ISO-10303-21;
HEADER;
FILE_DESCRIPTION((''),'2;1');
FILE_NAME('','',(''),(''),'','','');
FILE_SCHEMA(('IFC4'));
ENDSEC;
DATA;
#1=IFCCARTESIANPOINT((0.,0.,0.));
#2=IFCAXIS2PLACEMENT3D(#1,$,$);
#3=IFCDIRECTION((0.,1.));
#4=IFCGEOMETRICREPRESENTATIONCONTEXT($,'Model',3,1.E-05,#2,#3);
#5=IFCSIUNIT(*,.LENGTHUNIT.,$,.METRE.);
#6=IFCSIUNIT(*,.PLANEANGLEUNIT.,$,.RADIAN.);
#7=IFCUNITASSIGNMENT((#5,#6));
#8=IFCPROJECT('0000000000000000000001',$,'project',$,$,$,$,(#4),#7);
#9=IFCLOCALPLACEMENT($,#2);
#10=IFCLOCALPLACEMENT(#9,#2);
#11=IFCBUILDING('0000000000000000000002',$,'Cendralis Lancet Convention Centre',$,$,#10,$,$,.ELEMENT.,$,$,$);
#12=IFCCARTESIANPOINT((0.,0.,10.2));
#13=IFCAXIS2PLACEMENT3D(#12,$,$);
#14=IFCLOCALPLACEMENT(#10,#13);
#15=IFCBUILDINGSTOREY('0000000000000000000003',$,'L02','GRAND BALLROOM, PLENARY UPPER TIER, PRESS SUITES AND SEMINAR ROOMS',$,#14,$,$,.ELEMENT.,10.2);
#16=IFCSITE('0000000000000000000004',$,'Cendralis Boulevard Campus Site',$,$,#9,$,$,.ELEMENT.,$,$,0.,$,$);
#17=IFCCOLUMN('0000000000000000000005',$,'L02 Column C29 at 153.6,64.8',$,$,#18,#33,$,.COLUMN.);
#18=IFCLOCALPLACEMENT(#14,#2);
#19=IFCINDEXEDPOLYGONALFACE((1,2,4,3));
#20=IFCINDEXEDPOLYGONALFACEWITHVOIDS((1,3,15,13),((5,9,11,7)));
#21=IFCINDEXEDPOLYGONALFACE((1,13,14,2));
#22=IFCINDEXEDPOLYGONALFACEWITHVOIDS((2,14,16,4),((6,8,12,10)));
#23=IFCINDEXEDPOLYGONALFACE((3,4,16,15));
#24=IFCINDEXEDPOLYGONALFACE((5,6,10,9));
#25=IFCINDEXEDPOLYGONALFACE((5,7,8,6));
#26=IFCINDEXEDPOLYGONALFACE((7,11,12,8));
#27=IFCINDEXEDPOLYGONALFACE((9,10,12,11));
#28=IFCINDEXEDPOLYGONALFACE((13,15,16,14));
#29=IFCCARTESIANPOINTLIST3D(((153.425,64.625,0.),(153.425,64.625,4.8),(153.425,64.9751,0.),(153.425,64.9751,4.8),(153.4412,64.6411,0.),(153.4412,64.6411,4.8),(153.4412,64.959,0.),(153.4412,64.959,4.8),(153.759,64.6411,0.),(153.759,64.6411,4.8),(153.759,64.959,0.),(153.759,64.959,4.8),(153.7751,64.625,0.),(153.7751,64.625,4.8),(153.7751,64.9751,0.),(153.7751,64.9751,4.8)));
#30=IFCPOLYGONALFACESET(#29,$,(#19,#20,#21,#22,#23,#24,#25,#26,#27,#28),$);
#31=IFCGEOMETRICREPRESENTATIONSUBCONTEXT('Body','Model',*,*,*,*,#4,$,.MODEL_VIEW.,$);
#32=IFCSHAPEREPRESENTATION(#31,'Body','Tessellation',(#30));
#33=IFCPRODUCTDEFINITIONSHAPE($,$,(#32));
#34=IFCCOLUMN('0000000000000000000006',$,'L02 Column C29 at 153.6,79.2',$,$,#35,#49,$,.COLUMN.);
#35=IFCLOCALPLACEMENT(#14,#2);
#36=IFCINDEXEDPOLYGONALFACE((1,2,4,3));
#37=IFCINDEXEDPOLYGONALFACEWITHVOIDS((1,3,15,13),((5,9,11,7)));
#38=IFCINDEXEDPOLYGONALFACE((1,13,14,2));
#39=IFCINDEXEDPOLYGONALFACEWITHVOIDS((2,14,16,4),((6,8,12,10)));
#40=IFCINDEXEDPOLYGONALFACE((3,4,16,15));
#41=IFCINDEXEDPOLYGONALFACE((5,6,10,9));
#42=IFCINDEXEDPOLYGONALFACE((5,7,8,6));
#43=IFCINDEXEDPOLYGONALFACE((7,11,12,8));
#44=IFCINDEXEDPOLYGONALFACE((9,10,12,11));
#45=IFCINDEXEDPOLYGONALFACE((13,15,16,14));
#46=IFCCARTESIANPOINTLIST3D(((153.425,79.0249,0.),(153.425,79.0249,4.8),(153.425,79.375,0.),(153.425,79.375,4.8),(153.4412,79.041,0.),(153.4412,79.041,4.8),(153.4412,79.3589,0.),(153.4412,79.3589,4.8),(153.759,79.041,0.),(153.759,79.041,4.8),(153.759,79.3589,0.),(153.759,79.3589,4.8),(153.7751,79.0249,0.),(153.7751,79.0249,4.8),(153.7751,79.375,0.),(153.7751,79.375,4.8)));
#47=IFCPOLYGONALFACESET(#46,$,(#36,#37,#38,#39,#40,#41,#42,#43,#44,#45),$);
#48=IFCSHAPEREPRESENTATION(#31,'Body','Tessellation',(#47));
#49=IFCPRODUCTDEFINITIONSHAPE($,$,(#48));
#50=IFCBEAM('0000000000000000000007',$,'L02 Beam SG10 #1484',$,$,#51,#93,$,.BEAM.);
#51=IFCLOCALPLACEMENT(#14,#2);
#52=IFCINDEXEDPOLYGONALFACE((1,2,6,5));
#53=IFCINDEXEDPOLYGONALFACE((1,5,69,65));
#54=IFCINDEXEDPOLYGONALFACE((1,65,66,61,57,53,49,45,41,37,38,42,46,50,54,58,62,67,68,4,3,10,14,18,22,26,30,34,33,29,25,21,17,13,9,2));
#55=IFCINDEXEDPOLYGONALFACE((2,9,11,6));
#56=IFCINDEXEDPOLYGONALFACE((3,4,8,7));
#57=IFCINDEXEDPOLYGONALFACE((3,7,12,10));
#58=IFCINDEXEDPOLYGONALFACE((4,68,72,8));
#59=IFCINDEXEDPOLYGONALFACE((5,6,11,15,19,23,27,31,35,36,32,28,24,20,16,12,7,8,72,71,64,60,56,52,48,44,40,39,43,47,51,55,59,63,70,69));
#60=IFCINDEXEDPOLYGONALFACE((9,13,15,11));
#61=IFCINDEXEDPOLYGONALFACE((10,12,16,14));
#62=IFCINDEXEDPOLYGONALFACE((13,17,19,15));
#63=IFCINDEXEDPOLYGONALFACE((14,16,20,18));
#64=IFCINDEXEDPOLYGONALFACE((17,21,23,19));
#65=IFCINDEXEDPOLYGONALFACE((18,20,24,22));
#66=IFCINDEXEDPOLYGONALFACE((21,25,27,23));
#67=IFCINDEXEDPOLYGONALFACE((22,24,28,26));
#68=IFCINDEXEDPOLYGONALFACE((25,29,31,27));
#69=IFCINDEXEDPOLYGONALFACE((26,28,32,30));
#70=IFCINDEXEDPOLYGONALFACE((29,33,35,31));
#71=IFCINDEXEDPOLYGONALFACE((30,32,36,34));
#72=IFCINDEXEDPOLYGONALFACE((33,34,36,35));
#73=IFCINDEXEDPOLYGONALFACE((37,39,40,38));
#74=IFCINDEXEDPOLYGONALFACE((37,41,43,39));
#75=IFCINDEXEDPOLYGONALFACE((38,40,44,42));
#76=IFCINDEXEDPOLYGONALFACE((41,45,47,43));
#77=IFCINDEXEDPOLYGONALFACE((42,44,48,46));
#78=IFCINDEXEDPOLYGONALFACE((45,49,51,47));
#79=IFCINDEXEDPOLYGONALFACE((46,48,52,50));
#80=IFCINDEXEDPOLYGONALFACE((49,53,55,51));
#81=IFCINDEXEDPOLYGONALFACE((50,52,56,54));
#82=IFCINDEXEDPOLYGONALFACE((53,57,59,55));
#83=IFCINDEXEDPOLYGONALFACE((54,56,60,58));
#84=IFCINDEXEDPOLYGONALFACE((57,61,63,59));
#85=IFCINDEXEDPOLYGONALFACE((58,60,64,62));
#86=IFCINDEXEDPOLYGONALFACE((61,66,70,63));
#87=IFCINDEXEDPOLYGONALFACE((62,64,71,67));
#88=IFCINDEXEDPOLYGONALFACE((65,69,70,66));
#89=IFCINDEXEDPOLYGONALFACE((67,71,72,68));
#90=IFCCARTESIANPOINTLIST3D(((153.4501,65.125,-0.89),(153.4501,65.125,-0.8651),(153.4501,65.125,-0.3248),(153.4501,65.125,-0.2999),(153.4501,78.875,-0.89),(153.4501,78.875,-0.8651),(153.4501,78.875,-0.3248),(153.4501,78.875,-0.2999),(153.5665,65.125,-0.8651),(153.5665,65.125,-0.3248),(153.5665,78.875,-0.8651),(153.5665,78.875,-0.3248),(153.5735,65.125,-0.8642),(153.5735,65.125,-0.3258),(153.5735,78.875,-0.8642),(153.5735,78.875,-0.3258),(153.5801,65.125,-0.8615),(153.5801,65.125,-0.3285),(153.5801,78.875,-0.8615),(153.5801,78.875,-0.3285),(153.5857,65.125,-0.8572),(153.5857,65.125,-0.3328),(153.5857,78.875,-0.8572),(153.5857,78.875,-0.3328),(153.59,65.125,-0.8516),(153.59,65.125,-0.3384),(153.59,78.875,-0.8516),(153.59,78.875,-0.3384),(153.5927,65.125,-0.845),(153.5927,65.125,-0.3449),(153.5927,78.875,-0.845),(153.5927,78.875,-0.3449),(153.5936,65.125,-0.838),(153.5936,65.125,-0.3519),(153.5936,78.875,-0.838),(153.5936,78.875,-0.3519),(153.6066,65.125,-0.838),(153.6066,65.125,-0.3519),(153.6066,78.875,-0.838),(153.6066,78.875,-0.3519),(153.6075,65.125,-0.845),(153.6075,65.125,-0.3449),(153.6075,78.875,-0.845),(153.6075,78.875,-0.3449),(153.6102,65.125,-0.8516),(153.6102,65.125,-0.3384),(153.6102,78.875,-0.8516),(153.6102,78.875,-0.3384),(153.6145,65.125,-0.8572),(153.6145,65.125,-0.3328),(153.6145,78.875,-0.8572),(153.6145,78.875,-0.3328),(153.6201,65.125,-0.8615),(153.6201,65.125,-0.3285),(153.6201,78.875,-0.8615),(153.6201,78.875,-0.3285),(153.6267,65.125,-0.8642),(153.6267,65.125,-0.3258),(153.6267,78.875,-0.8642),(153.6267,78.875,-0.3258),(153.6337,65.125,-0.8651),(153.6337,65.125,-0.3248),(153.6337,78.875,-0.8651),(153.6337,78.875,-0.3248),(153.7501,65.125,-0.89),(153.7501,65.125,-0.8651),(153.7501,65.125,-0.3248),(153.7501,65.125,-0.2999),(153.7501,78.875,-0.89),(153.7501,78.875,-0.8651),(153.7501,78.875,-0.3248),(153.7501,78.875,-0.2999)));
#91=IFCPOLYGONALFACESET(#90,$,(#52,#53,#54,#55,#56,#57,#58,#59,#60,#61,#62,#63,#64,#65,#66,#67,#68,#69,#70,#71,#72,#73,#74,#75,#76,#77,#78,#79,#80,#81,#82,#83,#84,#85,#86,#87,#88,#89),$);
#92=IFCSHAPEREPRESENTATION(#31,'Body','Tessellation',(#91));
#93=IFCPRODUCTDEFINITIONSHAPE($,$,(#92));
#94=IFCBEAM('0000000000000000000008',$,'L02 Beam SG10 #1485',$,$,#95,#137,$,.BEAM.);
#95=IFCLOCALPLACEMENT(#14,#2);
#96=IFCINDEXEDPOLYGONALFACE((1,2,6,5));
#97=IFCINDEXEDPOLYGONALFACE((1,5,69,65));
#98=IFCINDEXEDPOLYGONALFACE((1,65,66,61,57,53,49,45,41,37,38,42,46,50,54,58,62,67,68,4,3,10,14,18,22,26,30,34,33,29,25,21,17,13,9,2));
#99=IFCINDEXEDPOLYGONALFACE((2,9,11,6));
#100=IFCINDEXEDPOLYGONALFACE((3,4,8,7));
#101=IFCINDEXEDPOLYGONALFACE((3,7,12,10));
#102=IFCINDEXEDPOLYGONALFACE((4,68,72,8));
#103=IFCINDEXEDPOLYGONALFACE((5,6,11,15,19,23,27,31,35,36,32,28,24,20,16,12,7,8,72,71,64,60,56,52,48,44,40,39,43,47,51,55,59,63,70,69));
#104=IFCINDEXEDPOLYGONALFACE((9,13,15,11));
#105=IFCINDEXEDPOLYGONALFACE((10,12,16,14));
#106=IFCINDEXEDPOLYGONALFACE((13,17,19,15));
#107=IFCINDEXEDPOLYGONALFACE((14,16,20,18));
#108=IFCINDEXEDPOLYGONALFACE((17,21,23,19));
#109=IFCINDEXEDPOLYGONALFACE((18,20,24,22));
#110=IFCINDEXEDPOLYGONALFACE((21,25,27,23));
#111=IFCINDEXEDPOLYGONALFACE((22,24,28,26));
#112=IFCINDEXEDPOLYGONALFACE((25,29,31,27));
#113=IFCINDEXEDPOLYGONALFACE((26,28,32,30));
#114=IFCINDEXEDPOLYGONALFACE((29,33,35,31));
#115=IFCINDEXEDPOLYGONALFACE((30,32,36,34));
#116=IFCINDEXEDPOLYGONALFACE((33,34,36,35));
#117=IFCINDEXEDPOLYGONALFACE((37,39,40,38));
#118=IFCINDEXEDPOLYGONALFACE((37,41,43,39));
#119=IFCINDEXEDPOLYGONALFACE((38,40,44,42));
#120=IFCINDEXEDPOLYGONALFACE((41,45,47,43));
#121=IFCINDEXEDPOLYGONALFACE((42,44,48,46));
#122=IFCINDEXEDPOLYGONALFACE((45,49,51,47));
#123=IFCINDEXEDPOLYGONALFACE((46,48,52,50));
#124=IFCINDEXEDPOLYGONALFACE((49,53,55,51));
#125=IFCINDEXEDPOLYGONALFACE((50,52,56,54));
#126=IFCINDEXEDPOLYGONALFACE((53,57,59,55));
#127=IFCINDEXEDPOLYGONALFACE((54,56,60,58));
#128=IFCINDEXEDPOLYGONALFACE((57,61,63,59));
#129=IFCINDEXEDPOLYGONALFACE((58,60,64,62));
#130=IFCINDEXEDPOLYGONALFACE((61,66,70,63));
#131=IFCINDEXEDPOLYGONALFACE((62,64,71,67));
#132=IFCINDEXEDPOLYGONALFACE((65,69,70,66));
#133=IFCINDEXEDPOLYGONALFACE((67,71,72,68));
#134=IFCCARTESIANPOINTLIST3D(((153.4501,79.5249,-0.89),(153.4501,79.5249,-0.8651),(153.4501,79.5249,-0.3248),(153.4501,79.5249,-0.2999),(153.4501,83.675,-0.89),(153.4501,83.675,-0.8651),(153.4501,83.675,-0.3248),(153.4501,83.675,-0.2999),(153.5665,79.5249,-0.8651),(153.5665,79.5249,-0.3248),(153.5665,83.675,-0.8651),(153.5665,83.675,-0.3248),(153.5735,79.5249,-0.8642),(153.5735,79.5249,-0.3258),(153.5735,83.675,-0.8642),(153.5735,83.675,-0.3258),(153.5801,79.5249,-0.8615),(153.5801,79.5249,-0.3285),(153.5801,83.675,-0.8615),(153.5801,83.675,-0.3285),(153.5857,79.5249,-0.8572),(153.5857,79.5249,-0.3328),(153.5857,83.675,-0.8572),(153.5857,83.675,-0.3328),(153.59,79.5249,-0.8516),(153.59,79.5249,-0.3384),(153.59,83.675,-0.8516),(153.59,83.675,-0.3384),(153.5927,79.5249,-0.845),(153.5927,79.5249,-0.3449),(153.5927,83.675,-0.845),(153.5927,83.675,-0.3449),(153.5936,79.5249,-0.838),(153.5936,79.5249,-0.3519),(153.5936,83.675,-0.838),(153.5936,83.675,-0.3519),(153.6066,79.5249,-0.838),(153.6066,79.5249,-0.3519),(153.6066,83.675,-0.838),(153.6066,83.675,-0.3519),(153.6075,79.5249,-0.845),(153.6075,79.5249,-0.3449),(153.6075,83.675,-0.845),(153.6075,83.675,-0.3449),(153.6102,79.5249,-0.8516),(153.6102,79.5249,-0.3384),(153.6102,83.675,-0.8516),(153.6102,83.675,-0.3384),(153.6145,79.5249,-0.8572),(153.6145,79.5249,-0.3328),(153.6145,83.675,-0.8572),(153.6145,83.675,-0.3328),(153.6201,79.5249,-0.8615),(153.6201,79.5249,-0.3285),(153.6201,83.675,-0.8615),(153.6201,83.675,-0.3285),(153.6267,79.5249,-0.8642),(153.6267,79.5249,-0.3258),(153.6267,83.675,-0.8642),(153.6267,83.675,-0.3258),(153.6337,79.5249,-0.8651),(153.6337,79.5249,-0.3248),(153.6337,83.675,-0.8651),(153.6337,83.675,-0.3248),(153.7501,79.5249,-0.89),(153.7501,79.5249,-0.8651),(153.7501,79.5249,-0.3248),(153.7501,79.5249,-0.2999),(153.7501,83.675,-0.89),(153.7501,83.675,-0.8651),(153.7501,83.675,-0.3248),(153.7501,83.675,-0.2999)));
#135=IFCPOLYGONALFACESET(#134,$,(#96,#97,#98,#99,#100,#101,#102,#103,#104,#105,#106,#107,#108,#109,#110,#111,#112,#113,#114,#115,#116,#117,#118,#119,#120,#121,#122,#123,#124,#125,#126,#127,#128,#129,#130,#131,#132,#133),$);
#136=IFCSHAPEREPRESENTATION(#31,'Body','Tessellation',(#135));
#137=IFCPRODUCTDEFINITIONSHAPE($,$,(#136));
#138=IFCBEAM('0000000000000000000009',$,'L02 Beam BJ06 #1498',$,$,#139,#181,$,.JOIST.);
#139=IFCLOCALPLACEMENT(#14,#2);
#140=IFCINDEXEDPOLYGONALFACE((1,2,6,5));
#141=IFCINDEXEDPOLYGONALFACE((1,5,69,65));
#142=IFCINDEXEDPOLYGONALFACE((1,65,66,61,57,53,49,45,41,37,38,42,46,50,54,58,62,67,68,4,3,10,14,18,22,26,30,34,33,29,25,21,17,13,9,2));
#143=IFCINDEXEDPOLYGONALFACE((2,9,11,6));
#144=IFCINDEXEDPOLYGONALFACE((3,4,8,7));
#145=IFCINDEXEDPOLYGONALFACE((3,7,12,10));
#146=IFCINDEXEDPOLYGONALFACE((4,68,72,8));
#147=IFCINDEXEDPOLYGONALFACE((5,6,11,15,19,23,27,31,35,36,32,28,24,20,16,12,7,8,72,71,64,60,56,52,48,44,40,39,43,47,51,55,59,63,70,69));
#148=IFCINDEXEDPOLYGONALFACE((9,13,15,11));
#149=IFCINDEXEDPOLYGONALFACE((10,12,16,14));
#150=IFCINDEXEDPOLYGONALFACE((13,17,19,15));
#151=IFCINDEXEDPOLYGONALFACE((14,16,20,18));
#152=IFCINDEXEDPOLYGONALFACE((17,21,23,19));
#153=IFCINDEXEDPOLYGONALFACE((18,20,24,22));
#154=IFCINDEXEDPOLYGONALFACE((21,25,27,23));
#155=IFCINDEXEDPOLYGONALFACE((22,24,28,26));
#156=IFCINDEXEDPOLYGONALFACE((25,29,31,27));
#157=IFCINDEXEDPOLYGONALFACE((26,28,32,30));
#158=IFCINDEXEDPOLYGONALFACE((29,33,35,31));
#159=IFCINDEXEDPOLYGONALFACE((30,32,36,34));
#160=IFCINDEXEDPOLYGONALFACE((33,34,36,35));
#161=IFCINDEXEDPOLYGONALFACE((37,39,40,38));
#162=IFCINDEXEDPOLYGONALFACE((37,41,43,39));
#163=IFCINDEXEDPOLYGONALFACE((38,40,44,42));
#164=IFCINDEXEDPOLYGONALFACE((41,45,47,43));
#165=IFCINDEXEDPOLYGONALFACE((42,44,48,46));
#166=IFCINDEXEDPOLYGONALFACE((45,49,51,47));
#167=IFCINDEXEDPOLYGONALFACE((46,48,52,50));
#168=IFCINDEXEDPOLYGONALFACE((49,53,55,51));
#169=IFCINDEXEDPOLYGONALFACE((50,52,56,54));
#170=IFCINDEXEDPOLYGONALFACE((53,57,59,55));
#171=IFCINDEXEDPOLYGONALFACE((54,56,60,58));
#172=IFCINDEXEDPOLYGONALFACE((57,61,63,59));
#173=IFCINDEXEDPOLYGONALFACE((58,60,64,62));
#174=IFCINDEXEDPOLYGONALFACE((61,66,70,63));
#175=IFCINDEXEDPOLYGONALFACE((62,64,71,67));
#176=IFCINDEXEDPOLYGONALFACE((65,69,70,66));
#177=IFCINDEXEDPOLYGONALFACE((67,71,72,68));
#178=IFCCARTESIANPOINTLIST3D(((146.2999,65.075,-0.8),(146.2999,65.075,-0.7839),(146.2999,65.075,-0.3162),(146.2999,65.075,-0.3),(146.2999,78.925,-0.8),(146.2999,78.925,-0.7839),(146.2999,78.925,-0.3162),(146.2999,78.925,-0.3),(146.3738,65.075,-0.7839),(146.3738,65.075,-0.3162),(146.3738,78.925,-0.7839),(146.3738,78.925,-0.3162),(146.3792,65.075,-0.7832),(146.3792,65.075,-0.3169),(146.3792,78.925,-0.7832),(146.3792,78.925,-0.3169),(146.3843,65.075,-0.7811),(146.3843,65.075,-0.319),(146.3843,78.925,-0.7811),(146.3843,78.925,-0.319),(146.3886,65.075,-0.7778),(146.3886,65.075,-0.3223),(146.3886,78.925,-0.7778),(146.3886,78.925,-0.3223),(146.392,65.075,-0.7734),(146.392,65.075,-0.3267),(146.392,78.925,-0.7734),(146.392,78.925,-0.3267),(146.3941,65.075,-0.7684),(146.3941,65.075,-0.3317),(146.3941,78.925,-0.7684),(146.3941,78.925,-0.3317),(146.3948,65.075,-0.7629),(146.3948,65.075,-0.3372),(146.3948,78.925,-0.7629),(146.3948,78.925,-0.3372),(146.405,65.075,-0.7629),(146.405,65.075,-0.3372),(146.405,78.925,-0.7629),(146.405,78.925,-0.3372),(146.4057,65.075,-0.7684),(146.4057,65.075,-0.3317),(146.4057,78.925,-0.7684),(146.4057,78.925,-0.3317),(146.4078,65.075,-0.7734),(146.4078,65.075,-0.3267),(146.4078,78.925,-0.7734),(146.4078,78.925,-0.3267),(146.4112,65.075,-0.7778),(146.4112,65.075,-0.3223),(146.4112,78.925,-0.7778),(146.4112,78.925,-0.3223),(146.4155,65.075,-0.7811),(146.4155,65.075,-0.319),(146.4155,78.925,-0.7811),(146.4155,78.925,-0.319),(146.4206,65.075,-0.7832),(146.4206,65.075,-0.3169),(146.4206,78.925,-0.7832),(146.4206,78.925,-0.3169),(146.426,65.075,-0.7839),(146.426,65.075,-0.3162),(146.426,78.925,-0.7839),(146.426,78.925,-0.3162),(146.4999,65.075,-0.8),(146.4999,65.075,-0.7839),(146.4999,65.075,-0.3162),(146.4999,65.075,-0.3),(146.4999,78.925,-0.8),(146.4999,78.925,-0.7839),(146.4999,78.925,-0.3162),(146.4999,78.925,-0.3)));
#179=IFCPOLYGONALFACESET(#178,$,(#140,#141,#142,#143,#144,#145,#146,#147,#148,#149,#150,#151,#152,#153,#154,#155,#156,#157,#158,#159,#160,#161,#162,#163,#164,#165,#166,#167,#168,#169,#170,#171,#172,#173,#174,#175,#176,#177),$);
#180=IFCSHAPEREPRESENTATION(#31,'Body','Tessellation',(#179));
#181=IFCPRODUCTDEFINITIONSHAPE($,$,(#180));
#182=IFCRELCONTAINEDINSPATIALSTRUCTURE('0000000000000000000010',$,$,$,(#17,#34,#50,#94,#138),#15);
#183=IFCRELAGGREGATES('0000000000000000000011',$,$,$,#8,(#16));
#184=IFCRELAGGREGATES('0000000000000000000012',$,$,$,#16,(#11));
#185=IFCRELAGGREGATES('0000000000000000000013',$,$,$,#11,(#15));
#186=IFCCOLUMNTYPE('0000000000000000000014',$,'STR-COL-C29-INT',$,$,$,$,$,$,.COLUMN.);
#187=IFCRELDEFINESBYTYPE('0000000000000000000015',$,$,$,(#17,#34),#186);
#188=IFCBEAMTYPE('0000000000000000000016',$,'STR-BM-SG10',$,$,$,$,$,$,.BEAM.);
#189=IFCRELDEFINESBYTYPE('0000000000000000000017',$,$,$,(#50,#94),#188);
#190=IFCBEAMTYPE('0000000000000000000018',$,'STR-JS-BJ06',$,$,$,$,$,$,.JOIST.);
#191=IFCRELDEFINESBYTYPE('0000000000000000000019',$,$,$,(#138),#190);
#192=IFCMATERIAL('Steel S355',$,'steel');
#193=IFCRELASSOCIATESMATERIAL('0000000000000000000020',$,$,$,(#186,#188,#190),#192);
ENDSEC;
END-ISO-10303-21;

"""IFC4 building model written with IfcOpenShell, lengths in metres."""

from ifc_helpers import new_model, si_unit, direction, frame, origin, origin_2d, place, context, subcontext, project, spatial, hollow_rectangle, i_section, extrude, material, material_profile, profile_set, type_object, element, save


model = new_model("IFC4")

# Units and contexts
model_context = context("Model", 3, precision=1e-05, world=origin(), true_north=direction((0.0, 1.0)))
body_context = subcontext(model_context, "Body", "Model", "MODEL_VIEW")
ifc_project = project(units=[si_unit("LENGTHUNIT", "METRE"), si_unit("PLANEANGLEUNIT", "RADIAN")], contexts=[model_context])

# Site, building, storey
site_placement = place(None, origin())
site = spatial("IfcSite", under=ifc_project, at=site_placement, Name="Cendralis Boulevard Campus Site", CompositionType="ELEMENT", RefElevation=0.0)
building_placement = place(site_placement, origin())
building = spatial("IfcBuilding", under=site, at=building_placement, Name="Cendralis Lancet Convention Centre", CompositionType="ELEMENT")
storey_placement = place(building_placement, frame((0.0, 0.0, 10.2)))
storey = spatial("IfcBuildingStorey", under=building, at=storey_placement, Name="L02", Description="GRAND BALLROOM, PLENARY UPPER TIER, PRESS SUITES AND SEMINAR ROOMS", CompositionType="ELEMENT", Elevation=10.2)

# Columns
ifc_material_1 = material(Name="Steel S355", Category="steel")
ifc_material_profile_1 = material_profile(ifc_material_1, hollow_rectangle(XDim=0.3501, YDim=0.3501, WallThickness=0.0161, at=origin_2d()), Name="SHS 350x350x16.0")
ifc_profile_set_1 = profile_set([ifc_material_profile_1], Name="Steel S355")
column_type = type_object("IfcColumnType", Name="STR-COL-C29-INT", PredefinedType="COLUMN", material=ifc_profile_set_1)
for number, where, z_axis, x_axis, name in (
    (1, (153.6001, 64.8, 0.0), (0.0, 0.0, 1.0), (1.0, 0.0, 0.0), "L02 Column C29 at 153.6,64.8"),
    (2, (153.6001, 79.2, 0.0), (0.0, 0.0, 1.0), (1.0, 0.0, 0.0), "L02 Column C29 at 153.6,79.2"),
):
    element("IfcColumn", number, at=place(storey_placement, frame(where, z_axis=z_axis, x_axis=x_axis)), inside=storey, type_object=column_type, Name=name, PredefinedType="COLUMN", context=body_context, shape_type="SweptSolid", body=[
        extrude(hollow_rectangle(XDim=0.3501, YDim=0.3501, WallThickness=0.0161, at=origin_2d()), origin(), (0.0, 0.0, 1.0), 4.8),
    ])

# Beams
ifc_material_profile_2 = material_profile(ifc_material_1, i_section(OverallWidth=0.3, OverallDepth=0.5901, WebThickness=0.0129, FlangeThickness=0.0249, FilletRadius=0.0271, at=origin_2d()), Name="HEA 600")
ifc_profile_set_2 = profile_set([ifc_material_profile_2], Name="Steel S355")
beam_type_1 = type_object("IfcBeamType", Name="STR-BM-SG10", PredefinedType="BEAM", material=ifc_profile_set_2)
beam_1_placement = place(storey_placement, frame((153.6001, 65.125, -0.595), z_axis=(0.0, 1.0, 0.0), x_axis=(-1.0, 0.0, 0.0)))
element("IfcBeam", 3, at=beam_1_placement, inside=storey, type_object=beam_type_1, Name="L02 Beam SG10 #1484", PredefinedType="BEAM", context=body_context, shape_type="SweptSolid", body=[
    extrude(i_section(OverallWidth=0.3, OverallDepth=0.5901, WebThickness=0.0129, FlangeThickness=0.0249, FilletRadius=0.0271, at=origin_2d()), origin(), (0.0, 0.0, 1.0), 13.75),
])
beam_2_placement = place(storey_placement, frame((153.6001, 79.5249, -0.595), z_axis=(0.0, 1.0, 0.0), x_axis=(-1.0, 0.0, 0.0)))
element("IfcBeam", 4, at=beam_2_placement, inside=storey, type_object=beam_type_1, Name="L02 Beam SG10 #1485", PredefinedType="BEAM", context=body_context, shape_type="SweptSolid", body=[
    extrude(i_section(OverallWidth=0.3, OverallDepth=0.5901, WebThickness=0.0129, FlangeThickness=0.0249, FilletRadius=0.0271, at=origin_2d()), origin(), (0.0, 0.0, 1.0), 4.1501),
])
ifc_material_profile_3 = material_profile(ifc_material_1, i_section(OverallWidth=0.2, OverallDepth=0.5, WebThickness=0.0103, FlangeThickness=0.0161, FilletRadius=0.021, at=origin_2d()), Name="IPE 500")
ifc_profile_set_3 = profile_set([ifc_material_profile_3], Name="Steel S355")
beam_type_2 = type_object("IfcBeamType", Name="STR-JS-BJ06", PredefinedType="JOIST", material=ifc_profile_set_3)
beam_3_placement = place(storey_placement, frame((146.3999, 65.075, -0.55), z_axis=(0.0, 1.0, 0.0), x_axis=(-1.0, 0.0, 0.0)))
element("IfcBeam", 5, at=beam_3_placement, inside=storey, type_object=beam_type_2, Name="L02 Beam BJ06 #1498", PredefinedType="JOIST", context=body_context, shape_type="SweptSolid", body=[
    extrude(i_section(OverallWidth=0.2, OverallDepth=0.5, WebThickness=0.0103, FlangeThickness=0.0161, FilletRadius=0.021, at=origin_2d()), origin(), (0.0, 0.0, 1.0), 13.8501),
])

save(model, "model.ifc")
